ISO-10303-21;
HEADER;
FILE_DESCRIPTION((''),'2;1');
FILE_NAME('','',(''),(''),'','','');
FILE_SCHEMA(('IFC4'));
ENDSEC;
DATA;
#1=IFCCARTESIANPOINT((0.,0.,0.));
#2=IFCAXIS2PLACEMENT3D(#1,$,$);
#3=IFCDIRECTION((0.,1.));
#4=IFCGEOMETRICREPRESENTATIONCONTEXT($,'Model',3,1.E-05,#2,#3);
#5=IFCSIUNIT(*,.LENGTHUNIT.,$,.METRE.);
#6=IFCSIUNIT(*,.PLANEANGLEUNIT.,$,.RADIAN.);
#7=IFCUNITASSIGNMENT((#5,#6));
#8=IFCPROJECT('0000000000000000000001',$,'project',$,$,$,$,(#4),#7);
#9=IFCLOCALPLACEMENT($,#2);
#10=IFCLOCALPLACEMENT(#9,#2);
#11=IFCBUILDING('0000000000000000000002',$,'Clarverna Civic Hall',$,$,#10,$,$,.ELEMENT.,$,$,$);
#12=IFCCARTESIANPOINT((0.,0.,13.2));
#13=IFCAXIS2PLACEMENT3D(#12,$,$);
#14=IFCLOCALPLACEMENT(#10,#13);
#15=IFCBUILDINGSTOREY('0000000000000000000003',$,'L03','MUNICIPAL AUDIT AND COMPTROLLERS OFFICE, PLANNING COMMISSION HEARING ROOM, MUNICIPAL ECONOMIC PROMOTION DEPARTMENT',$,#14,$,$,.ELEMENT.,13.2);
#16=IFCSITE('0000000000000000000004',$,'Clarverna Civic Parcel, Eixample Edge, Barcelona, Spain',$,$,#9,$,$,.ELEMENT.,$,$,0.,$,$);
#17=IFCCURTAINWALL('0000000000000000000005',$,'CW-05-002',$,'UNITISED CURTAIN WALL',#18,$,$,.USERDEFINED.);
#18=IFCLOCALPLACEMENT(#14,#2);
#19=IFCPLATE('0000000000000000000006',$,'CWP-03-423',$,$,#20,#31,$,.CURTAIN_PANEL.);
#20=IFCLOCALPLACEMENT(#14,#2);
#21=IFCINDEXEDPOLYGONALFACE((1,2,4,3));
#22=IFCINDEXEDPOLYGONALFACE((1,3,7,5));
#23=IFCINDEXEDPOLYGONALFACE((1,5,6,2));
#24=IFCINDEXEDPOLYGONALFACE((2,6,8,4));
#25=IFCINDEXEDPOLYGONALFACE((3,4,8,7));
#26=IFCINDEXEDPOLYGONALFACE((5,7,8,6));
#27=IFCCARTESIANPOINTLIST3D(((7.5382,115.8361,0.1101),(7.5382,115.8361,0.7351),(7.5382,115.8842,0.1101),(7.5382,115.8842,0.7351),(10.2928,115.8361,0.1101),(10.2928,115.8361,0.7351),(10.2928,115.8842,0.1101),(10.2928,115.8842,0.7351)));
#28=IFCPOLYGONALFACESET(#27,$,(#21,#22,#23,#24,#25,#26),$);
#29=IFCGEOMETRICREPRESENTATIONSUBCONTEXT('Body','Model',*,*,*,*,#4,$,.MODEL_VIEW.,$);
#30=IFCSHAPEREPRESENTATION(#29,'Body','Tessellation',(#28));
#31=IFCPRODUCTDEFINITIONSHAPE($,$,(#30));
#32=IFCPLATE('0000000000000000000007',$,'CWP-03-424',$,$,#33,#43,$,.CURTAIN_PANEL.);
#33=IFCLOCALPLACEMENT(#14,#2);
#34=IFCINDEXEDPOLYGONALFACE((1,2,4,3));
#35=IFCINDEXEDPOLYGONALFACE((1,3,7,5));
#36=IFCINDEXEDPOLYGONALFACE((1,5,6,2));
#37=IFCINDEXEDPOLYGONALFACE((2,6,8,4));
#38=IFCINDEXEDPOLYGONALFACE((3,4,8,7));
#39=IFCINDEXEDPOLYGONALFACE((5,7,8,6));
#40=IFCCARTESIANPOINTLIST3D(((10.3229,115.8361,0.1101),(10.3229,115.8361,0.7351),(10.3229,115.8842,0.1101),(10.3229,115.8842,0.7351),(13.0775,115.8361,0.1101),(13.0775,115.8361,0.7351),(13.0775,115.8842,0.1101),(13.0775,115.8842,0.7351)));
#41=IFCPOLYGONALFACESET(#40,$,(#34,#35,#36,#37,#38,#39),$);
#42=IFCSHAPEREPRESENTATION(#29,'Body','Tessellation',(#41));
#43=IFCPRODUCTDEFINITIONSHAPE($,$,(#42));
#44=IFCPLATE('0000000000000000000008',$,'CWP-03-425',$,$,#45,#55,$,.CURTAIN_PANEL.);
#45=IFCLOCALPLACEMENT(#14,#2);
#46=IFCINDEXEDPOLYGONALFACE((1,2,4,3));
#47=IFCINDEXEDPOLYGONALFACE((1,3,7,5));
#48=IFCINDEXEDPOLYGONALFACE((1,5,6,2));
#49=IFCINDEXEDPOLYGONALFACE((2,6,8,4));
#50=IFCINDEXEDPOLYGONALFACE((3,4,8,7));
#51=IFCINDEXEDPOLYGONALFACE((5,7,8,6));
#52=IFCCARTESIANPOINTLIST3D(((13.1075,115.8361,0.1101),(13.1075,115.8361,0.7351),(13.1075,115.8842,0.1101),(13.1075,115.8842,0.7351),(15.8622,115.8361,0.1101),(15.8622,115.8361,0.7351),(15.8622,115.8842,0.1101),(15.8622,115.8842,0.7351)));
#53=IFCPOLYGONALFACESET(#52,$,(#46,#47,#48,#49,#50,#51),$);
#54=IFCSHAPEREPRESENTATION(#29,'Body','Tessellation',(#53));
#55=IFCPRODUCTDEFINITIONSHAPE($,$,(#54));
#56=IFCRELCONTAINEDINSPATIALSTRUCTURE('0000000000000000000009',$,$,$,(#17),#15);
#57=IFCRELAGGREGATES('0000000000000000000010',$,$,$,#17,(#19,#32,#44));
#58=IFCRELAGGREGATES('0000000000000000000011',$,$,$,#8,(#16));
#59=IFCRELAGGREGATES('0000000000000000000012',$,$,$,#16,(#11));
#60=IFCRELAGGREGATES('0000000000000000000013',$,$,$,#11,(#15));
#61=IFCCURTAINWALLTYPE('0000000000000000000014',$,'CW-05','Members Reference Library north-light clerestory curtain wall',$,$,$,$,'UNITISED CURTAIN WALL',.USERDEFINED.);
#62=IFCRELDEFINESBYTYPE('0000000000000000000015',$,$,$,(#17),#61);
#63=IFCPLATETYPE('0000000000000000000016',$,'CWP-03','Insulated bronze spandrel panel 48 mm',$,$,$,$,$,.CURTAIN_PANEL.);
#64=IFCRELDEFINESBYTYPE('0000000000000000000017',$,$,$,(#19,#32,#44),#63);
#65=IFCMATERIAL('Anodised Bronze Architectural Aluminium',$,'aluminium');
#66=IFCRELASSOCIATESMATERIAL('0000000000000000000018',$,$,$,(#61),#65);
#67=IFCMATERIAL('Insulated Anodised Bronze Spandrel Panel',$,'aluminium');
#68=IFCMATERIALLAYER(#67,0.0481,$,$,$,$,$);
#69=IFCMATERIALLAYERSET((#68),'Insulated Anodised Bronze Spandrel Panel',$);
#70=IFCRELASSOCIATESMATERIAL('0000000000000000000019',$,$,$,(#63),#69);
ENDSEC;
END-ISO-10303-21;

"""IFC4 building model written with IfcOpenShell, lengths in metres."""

from ifc_helpers import new_model, si_unit, direction, frame, frame_2d, origin, place, context, subcontext, project, spatial, rectangle, extrude, material, layer, layer_set, type_object, element, aggregate, save


model = new_model("IFC4")

# Units and contexts
model_context = context("Model", 3, precision=1e-05, world=origin(), true_north=direction((0.0, 1.0)))
body_context = subcontext(model_context, "Body", "Model", "MODEL_VIEW")
ifc_project = project(units=[si_unit("LENGTHUNIT", "METRE"), si_unit("PLANEANGLEUNIT", "RADIAN")], contexts=[model_context])

# Site, building, storey
site_placement = place(None, origin())
site = spatial("IfcSite", under=ifc_project, at=site_placement, Name="Clarverna Civic Parcel, Eixample Edge, Barcelona, Spain", CompositionType="ELEMENT", RefElevation=0.0)
building_placement = place(site_placement, origin())
building = spatial("IfcBuilding", under=site, at=building_placement, Name="Clarverna Civic Hall", CompositionType="ELEMENT")
storey_placement = place(building_placement, frame((0.0, 0.0, 13.2)))
storey = spatial("IfcBuildingStorey", under=building, at=storey_placement, Name="L03", Description="MUNICIPAL AUDIT AND COMPTROLLERS OFFICE, PLANNING COMMISSION HEARING ROOM, MUNICIPAL ECONOMIC PROMOTION DEPARTMENT", CompositionType="ELEMENT", Elevation=13.2)

# Curtain wall, plates
ifc_material_1 = material(Name="Anodised Bronze Architectural Aluminium", Category="aluminium")
curtain_wall_type = type_object("IfcCurtainWallType", Name="CW-05", Description="Members Reference Library north-light clerestory curtain wall", ElementType="UNITISED CURTAIN WALL", PredefinedType="USERDEFINED", material=ifc_material_1)
curtain_wall_placement = place(storey_placement, origin())
curtain_wall = element("IfcCurtainWall", 1, at=curtain_wall_placement, inside=storey, type_object=curtain_wall_type, Name="CW-05-002", ObjectType="UNITISED CURTAIN WALL", PredefinedType="USERDEFINED")
ifc_material_2 = material(Name="Insulated Anodised Bronze Spandrel Panel", Category="aluminium")
ifc_layer_1 = layer(ifc_material_2, 0.0481)
ifc_layer_set_1 = layer_set([ifc_layer_1], Name="Insulated Anodised Bronze Spandrel Panel")
plate_type_1 = type_object("IfcPlateType", Name="CWP-03", Description="Insulated bronze spandrel panel 48 mm", PredefinedType="CURTAIN_PANEL", material=ifc_layer_set_1)
plate_1_placement = place(storey_placement, frame((7.5381, 115.8601, 0.1101), z_axis=(0.0, 0.0, 1.0), x_axis=(1.0, 0.0, 0.0)))
plate_1 = element("IfcPlate", 2, at=plate_1_placement, type_object=plate_type_1, Name="CWP-03-423", PredefinedType="CURTAIN_PANEL", context=body_context, shape_type="SweptSolid", body=[
    extrude(rectangle(XDim=2.7546, YDim=0.0481, at=frame_2d((1.3774, 0.0))), origin(), (0.0, 0.0, 1.0), 0.625),
])
plate_2_placement = place(storey_placement, frame((10.3228, 115.8601, 0.1101), z_axis=(0.0, 0.0, 1.0), x_axis=(1.0, 0.0, 0.0)))
plate_2 = element("IfcPlate", 3, at=plate_2_placement, type_object=plate_type_1, Name="CWP-03-424", PredefinedType="CURTAIN_PANEL", context=body_context, shape_type="SweptSolid", body=[
    extrude(rectangle(XDim=2.7546, YDim=0.0481, at=frame_2d((1.3774, 0.0))), origin(), (0.0, 0.0, 1.0), 0.625),
])
plate_3_placement = place(storey_placement, frame((13.1074, 115.8601, 0.1101), z_axis=(0.0, 0.0, 1.0), x_axis=(1.0, 0.0, 0.0)))
plate_3 = element("IfcPlate", 4, at=plate_3_placement, type_object=plate_type_1, Name="CWP-03-425", PredefinedType="CURTAIN_PANEL", context=body_context, shape_type="SweptSolid", body=[
    extrude(rectangle(XDim=2.7546, YDim=0.0481, at=frame_2d((1.3774, 0.0))), origin(), (0.0, 0.0, 1.0), 0.625),
])
aggregate(curtain_wall, [plate_1, plate_2, plate_3])

save(model, "model.ifc")
